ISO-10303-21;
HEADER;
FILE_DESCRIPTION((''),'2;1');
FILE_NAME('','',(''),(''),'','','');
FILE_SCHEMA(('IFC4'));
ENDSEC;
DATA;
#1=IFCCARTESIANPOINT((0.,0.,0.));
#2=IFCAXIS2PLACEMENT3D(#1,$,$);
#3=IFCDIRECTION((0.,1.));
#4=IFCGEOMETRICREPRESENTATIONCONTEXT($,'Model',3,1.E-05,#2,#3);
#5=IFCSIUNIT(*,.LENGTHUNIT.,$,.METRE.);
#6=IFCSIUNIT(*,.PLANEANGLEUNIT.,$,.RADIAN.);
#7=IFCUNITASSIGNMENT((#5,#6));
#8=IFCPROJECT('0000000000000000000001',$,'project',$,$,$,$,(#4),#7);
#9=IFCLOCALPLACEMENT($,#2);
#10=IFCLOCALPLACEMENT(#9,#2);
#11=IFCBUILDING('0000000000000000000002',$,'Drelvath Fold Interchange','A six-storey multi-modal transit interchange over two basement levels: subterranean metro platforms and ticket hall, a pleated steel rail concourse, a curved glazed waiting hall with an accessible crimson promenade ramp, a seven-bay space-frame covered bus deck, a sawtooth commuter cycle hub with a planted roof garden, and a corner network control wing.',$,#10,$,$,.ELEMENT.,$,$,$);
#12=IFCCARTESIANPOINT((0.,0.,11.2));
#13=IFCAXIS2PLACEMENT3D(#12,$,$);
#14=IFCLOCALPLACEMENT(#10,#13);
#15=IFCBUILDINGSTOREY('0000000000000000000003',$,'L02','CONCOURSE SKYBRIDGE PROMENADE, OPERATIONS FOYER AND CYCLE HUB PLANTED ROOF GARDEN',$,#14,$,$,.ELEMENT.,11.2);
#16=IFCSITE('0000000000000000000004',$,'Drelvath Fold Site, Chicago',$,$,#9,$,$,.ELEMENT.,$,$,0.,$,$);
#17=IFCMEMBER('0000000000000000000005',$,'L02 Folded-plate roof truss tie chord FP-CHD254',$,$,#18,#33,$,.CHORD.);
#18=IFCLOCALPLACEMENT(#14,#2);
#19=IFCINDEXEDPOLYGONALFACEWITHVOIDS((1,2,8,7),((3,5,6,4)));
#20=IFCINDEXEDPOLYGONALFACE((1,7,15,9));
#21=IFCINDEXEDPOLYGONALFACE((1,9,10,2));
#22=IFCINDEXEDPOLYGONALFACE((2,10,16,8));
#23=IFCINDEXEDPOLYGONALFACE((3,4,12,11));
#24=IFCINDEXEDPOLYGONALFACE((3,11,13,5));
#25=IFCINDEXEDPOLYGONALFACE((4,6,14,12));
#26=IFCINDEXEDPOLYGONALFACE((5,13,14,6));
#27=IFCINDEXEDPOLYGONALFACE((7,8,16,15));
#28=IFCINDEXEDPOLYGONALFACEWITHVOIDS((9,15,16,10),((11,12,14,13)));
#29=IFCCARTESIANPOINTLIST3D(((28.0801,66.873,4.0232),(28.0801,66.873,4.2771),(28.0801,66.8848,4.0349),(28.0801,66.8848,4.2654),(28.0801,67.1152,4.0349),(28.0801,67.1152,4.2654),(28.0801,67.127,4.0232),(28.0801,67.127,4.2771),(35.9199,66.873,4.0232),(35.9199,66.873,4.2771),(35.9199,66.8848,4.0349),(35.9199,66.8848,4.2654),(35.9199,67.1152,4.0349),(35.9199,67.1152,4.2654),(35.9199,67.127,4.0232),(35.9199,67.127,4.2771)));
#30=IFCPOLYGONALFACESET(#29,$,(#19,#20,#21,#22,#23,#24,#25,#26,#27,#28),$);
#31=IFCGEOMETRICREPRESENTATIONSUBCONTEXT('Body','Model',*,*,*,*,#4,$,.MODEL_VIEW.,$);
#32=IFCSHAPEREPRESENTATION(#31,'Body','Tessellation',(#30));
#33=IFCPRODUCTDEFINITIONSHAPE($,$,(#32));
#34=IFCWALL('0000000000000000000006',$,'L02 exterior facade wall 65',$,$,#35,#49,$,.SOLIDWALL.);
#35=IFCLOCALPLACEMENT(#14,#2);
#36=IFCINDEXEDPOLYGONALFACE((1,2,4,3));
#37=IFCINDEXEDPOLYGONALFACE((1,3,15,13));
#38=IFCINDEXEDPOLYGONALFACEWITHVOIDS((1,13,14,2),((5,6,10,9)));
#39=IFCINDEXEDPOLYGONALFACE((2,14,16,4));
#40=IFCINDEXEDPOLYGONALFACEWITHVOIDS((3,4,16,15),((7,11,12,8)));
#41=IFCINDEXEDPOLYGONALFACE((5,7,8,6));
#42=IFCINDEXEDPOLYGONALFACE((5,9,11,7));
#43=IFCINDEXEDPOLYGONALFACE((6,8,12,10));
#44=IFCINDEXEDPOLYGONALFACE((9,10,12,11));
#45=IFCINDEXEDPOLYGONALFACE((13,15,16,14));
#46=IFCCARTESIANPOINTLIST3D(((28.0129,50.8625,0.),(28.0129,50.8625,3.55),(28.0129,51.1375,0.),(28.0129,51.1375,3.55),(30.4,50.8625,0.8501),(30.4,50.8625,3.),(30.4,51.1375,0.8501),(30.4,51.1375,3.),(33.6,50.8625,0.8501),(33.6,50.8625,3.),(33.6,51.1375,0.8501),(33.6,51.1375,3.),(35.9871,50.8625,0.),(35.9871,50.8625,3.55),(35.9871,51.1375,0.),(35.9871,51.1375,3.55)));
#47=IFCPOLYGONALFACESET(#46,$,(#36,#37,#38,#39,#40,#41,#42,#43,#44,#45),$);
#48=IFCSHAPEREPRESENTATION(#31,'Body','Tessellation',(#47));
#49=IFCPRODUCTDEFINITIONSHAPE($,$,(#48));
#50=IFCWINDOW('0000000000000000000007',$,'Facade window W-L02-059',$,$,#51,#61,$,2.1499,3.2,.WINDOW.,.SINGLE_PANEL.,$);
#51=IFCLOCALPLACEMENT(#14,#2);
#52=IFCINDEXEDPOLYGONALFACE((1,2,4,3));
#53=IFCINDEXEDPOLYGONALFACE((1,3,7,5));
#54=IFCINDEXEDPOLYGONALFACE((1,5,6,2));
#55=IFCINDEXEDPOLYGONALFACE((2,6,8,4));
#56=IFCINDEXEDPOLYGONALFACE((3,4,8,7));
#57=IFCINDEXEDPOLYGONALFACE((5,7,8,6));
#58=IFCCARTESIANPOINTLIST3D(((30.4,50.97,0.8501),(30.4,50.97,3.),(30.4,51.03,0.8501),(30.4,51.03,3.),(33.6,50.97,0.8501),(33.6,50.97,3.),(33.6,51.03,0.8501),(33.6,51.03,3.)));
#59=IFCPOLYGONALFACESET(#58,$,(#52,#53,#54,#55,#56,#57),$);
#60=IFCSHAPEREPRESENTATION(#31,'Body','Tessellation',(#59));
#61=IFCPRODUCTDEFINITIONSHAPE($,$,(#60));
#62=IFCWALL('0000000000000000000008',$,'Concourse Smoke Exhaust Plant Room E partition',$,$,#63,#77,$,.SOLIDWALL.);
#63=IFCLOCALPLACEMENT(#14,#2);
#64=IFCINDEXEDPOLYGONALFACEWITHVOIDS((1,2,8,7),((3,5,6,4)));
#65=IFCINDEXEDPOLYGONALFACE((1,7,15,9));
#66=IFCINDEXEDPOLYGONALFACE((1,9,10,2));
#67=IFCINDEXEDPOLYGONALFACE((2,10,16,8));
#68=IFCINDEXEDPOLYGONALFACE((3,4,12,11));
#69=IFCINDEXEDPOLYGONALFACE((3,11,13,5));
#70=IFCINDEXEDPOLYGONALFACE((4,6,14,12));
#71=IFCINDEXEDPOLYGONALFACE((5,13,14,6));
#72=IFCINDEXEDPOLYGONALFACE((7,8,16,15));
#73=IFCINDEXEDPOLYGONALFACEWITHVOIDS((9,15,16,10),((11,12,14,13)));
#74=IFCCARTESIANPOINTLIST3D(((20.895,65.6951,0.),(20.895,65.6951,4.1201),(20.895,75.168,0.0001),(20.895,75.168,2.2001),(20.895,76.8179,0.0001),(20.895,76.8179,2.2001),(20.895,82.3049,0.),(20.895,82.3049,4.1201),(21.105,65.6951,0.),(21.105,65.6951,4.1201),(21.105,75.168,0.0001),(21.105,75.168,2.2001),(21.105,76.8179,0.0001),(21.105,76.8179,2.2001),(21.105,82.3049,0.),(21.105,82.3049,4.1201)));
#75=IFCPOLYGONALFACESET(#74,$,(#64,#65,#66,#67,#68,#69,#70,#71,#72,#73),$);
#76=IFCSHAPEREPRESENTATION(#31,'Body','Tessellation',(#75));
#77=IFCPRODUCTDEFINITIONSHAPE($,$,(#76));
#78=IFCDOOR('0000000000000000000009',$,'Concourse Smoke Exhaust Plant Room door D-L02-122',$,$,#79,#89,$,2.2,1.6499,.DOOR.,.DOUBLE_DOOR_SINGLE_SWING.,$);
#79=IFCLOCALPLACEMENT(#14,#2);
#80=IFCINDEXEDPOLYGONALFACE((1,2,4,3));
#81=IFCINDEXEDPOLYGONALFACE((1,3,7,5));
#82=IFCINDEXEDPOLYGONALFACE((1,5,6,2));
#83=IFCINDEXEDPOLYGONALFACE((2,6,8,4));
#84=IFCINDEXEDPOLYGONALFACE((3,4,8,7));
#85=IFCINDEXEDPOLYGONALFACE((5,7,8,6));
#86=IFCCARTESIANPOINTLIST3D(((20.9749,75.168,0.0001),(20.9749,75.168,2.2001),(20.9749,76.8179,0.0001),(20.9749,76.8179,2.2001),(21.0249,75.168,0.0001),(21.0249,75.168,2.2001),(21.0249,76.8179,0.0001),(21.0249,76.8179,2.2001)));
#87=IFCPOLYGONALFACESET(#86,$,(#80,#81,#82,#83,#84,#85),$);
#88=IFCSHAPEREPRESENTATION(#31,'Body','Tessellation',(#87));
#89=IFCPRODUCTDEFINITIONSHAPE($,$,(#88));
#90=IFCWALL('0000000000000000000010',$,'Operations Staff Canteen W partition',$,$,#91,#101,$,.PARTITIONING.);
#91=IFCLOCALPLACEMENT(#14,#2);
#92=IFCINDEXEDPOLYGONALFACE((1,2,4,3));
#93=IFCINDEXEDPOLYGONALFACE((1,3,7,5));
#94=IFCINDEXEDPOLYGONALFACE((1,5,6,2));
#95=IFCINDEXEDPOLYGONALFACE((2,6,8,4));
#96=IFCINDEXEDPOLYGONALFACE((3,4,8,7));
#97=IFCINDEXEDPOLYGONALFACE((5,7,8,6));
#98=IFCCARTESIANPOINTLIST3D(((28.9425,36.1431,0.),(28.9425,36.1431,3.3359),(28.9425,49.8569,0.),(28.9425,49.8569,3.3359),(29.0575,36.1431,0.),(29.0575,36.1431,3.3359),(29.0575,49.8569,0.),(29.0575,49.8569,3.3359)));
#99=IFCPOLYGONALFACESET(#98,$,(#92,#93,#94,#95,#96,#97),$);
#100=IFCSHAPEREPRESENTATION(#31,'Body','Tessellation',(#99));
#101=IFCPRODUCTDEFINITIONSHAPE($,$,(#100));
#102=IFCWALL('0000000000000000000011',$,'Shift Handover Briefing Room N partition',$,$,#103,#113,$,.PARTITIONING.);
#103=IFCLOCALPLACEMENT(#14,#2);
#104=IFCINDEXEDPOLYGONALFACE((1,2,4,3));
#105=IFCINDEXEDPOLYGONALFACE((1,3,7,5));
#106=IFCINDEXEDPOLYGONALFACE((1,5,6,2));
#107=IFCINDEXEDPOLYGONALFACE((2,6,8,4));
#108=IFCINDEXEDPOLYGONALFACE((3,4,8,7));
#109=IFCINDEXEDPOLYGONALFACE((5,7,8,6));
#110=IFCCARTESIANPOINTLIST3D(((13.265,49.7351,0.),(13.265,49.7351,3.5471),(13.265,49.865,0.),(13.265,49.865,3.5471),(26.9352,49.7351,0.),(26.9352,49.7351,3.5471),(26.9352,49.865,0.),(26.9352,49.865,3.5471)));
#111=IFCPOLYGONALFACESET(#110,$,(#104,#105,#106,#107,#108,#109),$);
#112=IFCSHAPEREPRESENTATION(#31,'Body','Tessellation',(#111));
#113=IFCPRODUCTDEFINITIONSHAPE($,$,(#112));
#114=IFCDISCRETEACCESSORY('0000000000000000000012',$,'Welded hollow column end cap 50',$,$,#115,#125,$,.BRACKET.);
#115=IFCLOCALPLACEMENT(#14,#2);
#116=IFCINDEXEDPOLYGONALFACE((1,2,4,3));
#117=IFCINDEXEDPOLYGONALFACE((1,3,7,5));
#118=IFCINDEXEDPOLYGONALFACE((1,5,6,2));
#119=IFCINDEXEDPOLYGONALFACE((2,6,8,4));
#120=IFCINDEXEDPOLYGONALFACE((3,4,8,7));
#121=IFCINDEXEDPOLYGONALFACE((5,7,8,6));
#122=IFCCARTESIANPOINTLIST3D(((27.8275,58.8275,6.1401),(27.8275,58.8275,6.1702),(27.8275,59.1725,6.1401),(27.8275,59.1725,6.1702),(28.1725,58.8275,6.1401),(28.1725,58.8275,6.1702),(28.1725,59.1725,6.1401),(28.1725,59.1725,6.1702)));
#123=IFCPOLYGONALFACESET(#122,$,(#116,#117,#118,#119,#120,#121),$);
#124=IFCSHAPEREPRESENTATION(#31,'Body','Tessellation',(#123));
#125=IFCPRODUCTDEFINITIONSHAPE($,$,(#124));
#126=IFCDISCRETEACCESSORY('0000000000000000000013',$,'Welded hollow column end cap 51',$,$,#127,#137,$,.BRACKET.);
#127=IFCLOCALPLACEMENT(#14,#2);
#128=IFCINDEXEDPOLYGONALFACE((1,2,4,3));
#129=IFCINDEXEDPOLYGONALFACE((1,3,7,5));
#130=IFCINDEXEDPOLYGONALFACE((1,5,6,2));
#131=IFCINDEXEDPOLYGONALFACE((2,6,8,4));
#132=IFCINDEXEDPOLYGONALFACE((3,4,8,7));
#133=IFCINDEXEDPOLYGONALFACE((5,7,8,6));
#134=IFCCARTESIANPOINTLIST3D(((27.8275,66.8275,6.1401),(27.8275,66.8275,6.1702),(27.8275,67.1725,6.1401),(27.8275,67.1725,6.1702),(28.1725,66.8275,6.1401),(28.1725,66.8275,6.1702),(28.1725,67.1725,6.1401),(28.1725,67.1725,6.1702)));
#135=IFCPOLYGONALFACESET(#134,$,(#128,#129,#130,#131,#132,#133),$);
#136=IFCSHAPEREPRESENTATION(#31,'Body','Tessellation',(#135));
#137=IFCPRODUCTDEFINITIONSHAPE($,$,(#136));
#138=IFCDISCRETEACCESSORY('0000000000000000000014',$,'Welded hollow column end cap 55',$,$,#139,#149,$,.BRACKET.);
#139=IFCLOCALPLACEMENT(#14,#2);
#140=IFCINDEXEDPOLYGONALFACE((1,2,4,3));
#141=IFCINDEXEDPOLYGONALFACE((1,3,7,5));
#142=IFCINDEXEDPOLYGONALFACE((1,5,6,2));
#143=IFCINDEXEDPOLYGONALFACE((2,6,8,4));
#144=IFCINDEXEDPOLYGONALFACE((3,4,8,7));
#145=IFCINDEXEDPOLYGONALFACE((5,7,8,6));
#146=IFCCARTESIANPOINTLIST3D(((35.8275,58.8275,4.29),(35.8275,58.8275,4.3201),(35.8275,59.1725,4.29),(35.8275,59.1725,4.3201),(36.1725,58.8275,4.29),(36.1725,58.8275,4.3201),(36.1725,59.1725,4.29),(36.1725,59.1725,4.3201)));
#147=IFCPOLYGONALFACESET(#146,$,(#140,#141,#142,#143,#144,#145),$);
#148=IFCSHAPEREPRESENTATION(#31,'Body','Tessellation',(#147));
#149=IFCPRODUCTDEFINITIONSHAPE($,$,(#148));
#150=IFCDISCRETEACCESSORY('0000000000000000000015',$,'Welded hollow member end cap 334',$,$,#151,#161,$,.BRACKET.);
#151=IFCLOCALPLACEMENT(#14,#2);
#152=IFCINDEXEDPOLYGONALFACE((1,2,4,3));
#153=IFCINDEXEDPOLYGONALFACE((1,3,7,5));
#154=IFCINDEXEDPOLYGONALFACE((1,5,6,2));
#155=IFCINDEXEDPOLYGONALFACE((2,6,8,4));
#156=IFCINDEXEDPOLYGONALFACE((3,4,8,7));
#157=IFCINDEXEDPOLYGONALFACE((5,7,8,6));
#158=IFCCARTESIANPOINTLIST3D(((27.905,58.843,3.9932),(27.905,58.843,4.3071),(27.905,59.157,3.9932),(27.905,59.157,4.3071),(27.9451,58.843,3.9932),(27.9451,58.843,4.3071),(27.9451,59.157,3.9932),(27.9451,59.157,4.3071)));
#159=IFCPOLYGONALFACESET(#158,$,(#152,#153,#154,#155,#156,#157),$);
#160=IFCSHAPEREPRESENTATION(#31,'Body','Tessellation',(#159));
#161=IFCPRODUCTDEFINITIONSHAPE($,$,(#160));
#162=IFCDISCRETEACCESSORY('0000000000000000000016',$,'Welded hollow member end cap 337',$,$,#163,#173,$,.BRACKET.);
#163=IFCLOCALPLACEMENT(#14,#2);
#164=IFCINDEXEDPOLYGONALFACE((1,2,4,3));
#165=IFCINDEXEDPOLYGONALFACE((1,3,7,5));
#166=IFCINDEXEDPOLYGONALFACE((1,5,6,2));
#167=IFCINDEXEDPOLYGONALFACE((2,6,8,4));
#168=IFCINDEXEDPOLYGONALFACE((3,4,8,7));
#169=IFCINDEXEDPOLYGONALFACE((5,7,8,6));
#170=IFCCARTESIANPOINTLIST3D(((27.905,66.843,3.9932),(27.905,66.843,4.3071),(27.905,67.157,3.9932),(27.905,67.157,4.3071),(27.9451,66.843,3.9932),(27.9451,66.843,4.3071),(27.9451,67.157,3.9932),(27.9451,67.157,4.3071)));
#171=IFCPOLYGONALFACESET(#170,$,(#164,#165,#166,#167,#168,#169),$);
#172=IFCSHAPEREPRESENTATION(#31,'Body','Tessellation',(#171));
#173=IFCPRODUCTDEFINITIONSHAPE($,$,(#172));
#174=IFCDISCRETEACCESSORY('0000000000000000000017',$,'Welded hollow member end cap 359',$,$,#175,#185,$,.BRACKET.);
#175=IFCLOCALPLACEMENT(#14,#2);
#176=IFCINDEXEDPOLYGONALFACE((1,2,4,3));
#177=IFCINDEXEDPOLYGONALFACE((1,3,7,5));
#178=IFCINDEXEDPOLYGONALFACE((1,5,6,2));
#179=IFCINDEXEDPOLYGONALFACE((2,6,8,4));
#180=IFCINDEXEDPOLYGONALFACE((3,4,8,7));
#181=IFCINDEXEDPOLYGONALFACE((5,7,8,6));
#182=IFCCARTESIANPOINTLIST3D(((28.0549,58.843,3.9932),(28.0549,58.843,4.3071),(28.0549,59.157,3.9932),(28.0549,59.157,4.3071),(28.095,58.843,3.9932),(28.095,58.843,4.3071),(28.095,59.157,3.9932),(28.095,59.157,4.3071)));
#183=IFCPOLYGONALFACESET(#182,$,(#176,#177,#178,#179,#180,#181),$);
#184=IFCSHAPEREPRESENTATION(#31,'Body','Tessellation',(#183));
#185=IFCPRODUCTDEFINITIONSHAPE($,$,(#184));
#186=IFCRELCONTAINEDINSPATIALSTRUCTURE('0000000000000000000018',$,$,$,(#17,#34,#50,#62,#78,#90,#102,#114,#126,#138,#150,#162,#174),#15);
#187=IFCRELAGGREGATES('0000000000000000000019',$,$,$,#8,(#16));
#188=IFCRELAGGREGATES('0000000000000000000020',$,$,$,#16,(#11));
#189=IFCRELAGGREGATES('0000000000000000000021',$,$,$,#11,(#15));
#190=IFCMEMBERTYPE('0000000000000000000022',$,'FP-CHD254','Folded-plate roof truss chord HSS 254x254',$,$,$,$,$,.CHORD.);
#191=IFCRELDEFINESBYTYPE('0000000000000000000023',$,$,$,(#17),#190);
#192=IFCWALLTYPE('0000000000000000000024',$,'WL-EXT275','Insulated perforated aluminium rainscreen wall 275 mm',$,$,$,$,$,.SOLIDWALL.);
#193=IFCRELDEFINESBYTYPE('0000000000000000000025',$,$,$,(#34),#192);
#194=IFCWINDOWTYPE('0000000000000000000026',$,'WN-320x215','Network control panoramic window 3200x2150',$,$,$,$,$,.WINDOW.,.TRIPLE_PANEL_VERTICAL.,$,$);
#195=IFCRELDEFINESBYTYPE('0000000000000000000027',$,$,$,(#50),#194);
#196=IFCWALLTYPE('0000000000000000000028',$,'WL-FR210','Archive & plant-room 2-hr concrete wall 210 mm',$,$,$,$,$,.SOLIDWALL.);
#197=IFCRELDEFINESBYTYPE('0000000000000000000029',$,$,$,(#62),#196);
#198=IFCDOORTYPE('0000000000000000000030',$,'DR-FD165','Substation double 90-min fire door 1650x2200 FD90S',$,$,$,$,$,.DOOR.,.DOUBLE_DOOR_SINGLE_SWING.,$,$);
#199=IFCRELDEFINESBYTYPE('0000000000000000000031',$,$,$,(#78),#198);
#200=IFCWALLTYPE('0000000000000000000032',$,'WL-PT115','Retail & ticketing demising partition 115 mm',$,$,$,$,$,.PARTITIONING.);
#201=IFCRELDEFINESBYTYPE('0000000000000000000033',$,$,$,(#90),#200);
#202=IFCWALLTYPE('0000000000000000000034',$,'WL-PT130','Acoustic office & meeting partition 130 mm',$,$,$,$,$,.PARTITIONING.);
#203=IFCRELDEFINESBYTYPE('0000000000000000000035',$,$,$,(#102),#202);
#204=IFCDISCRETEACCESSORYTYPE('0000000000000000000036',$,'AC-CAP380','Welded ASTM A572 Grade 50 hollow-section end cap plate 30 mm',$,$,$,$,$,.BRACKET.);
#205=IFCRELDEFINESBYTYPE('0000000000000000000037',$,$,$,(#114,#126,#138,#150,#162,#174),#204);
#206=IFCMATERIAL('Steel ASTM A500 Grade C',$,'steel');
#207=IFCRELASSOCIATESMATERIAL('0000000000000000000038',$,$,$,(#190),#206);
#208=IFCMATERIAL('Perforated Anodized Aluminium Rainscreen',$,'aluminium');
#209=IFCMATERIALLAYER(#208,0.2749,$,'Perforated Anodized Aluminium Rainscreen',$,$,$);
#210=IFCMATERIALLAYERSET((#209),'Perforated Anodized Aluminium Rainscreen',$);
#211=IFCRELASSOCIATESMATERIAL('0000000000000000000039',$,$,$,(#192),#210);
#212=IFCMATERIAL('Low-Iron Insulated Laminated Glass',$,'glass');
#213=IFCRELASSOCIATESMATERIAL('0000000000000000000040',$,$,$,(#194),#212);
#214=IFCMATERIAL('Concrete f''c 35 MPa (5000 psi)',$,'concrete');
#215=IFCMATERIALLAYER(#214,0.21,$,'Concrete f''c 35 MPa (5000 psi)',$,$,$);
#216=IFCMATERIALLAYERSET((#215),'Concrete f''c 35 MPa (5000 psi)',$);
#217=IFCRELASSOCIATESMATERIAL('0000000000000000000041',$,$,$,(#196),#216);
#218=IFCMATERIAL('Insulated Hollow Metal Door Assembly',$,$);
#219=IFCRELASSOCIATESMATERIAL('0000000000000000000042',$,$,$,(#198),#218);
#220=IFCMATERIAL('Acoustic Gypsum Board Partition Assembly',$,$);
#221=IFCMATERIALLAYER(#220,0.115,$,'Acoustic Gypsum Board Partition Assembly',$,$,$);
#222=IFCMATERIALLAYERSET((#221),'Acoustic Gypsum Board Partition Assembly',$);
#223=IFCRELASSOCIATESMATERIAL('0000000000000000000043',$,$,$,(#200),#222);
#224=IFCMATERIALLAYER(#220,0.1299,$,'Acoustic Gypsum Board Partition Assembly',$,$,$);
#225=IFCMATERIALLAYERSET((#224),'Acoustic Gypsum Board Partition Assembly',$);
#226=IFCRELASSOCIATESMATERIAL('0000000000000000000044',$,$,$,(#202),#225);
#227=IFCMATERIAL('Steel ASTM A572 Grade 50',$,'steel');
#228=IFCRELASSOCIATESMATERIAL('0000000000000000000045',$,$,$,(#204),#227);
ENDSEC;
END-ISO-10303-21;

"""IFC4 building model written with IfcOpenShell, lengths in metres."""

from ifc_helpers import new_model, si_unit, direction, frame, frame_2d, origin, origin_2d, place, context, subcontext, project, spatial, rectangle, hollow_rectangle, extrude, material, layer, layer_set, material_profile, profile_set, type_object, element, fill, save


model = new_model("IFC4")

# Units and contexts
model_context = context("Model", 3, precision=1e-05, world=origin(), true_north=direction((0.0, 1.0)))
body_context = subcontext(model_context, "Body", "Model", "MODEL_VIEW")
ifc_project = project(units=[si_unit("LENGTHUNIT", "METRE"), si_unit("PLANEANGLEUNIT", "RADIAN")], contexts=[model_context])

# Site, building, storey
site_placement = place(None, origin())
site = spatial("IfcSite", under=ifc_project, at=site_placement, Name="Drelvath Fold Site, Chicago", CompositionType="ELEMENT", RefElevation=0.0)
building_placement = place(site_placement, origin())
building = spatial("IfcBuilding", under=site, at=building_placement, Name="Drelvath Fold Interchange", Description="A six-storey multi-modal transit interchange over two basement levels: subterranean metro platforms and ticket hall, a pleated steel rail concourse, a curved glazed waiting hall with an accessible crimson promenade ramp, a seven-bay space-frame covered bus deck, a sawtooth commuter cycle hub with a planted roof garden, and a corner network control wing.", CompositionType="ELEMENT")
storey_placement = place(building_placement, frame((0.0, 0.0, 11.2)))
storey = spatial("IfcBuildingStorey", under=building, at=storey_placement, Name="L02", Description="CONCOURSE SKYBRIDGE PROMENADE, OPERATIONS FOYER AND CYCLE HUB PLANTED ROOF GARDEN", CompositionType="ELEMENT", Elevation=11.2)

# Shared definitions
ifc_material_1 = material(Name="Steel ASTM A500 Grade C", Category="steel")

# Member
ifc_material_profile_1 = material_profile(ifc_material_1, hollow_rectangle(XDim=0.2539, YDim=0.2539, WallThickness=0.0117, at=origin_2d()), Name="HSS10X10X1/2")
ifc_profile_set_1 = profile_set([ifc_material_profile_1], Name="Steel ASTM A500 Grade C")
member_type = type_object("IfcMemberType", Name="FP-CHD254", Description="Folded-plate roof truss chord HSS 254x254", PredefinedType="CHORD", material=ifc_profile_set_1)
for number, where, z_axis, x_axis, name in (
    (1, (28.0801, 67.0, 4.1501), (1.0, 0.0, 0.0), (0.0, 1.0, 0.0), "L02 Folded-plate roof truss tie chord FP-CHD254"),
):
    element("IfcMember", number, at=place(storey_placement, frame(where, z_axis=z_axis, x_axis=x_axis)), inside=storey, type_object=member_type, Name=name, PredefinedType="CHORD", context=body_context, shape_type="SweptSolid", body=[
        extrude(hollow_rectangle(XDim=0.2539, YDim=0.2539, WallThickness=0.0117, at=origin_2d()), origin(), (0.0, 0.0, 1.0), 7.8398),
    ])

# Wall, opening, window
ifc_material_2 = material(Name="Perforated Anodized Aluminium Rainscreen", Category="aluminium")
ifc_layer_1 = layer(ifc_material_2, 0.2749, Name="Perforated Anodized Aluminium Rainscreen")
ifc_layer_set_1 = layer_set([ifc_layer_1], Name="Perforated Anodized Aluminium Rainscreen")
wall_type_1 = type_object("IfcWallType", Name="WL-EXT275", Description="Insulated perforated aluminium rainscreen wall 275 mm", PredefinedType="SOLIDWALL", material=ifc_layer_set_1)
wall_1_placement = place(storey_placement, frame((28.0129, 51.0, 0.0), z_axis=(0.0, 0.0, 1.0), x_axis=(1.0, 0.0, 0.0)))
wall_1 = element("IfcWall", 2, at=wall_1_placement, inside=storey, type_object=wall_type_1, Name="L02 exterior facade wall 65", PredefinedType="SOLIDWALL", context=body_context, shape_type="SweptSolid", body=[
    extrude(rectangle(XDim=7.9741, YDim=0.2749, at=frame_2d((3.9871, 0.0))), origin(), (0.0, 0.0, 1.0), 3.55),
])
opening_1_placement = place(wall_1_placement, frame((2.387, 0.0, 0.8501)))
opening_1 = element("IfcOpeningElement", 3, at=opening_1_placement, cuts=wall_1, PredefinedType="OPENING", context=body_context, shape_type="SweptSolid", body=[
    extrude(rectangle(XDim=3.2, YDim=2.1499, at=frame_2d((1.6001, 1.075))), frame((0.0, 0.1475, 0.0), z_axis=(0.0, -1.0, 0.0), x_axis=(1.0, 0.0, 0.0)), (0.0, 0.0, 1.0), 0.2949),
])
ifc_material_3 = material(Name="Low-Iron Insulated Laminated Glass", Category="glass")
window_type = type_object("IfcWindowType", Name="WN-320x215", Description="Network control panoramic window 3200x2150", PartitioningType="TRIPLE_PANEL_VERTICAL", PredefinedType="WINDOW", material=ifc_material_3)
window_placement = place(opening_1_placement, origin())
window = element("IfcWindow", 4, at=window_placement, inside=storey, type_object=window_type, Name="Facade window W-L02-059", OverallHeight=2.1499, OverallWidth=3.2, PartitioningType="SINGLE_PANEL", PredefinedType="WINDOW", context=body_context, shape_type="SweptSolid", body=[
    extrude(rectangle(XDim=3.2, YDim=2.1499, at=frame_2d((1.6001, 1.075))), frame((0.0, 0.03, 0.0), z_axis=(0.0, -1.0, 0.0), x_axis=(1.0, 0.0, 0.0)), (0.0, 0.0, 1.0), 0.0601),
])
fill(opening_1, window)

# Wall, opening, door
ifc_material_4 = material(Name="Concrete f'c 35 MPa (5000 psi)", Category="concrete")
ifc_layer_2 = layer(ifc_material_4, 0.21, Name="Concrete f'c 35 MPa (5000 psi)")
ifc_layer_set_2 = layer_set([ifc_layer_2], Name="Concrete f'c 35 MPa (5000 psi)")
wall_type_2 = type_object("IfcWallType", Name="WL-FR210", Description="Archive & plant-room 2-hr concrete wall 210 mm", PredefinedType="SOLIDWALL", material=ifc_layer_set_2)
wall_2_placement = place(storey_placement, frame((21.0, 65.6951, 0.0), z_axis=(0.0, 0.0, 1.0), x_axis=(0.0, 1.0, 0.0)))
wall_2 = element("IfcWall", 5, at=wall_2_placement, inside=storey, type_object=wall_type_2, Name="Concourse Smoke Exhaust Plant Room E partition", PredefinedType="SOLIDWALL", context=body_context, shape_type="SweptSolid", body=[
    extrude(rectangle(XDim=16.6099, YDim=0.21, at=frame_2d((8.3049, 0.0))), origin(), (0.0, 0.0, 1.0), 4.1201),
])
opening_2_placement = place(wall_2_placement, frame((9.4729, 0.0, 0.0)))
opening_2 = element("IfcOpeningElement", 6, at=opening_2_placement, cuts=wall_2, PredefinedType="OPENING", context=body_context, shape_type="SweptSolid", body=[
    extrude(rectangle(XDim=1.6499, YDim=2.2, at=frame_2d((0.825, 1.1001))), frame((0.0, 0.115, 0.0), z_axis=(0.0, -1.0, 0.0), x_axis=(1.0, 0.0, 0.0)), (0.0, 0.0, 1.0), 0.23),
])
ifc_material_5 = material(Name="Insulated Hollow Metal Door Assembly")
door_type = type_object("IfcDoorType", Name="DR-FD165", Description="Substation double 90-min fire door 1650x2200 FD90S", OperationType="DOUBLE_DOOR_SINGLE_SWING", PredefinedType="DOOR", material=ifc_material_5)
door_placement = place(opening_2_placement, frame((1.6499, 0.0, 0.0), z_axis=(0.0, 0.0, 1.0), x_axis=(-1.0, 0.0, 0.0)))
door = element("IfcDoor", 7, at=door_placement, inside=storey, type_object=door_type, Name="Concourse Smoke Exhaust Plant Room door D-L02-122", OperationType="DOUBLE_DOOR_SINGLE_SWING", OverallHeight=2.2, OverallWidth=1.6499, PredefinedType="DOOR", context=body_context, shape_type="SweptSolid", body=[
    extrude(rectangle(XDim=1.6499, YDim=2.2, at=frame_2d((0.825, 1.1001))), frame((0.0, 0.0249, 0.0), z_axis=(0.0, -1.0, 0.0), x_axis=(1.0, 0.0, 0.0)), (0.0, 0.0, 1.0), 0.05),
])
fill(opening_2, door)

# Walls
ifc_material_6 = material(Name="Acoustic Gypsum Board Partition Assembly")
ifc_layer_3 = layer(ifc_material_6, 0.115, Name="Acoustic Gypsum Board Partition Assembly")
ifc_layer_set_3 = layer_set([ifc_layer_3], Name="Acoustic Gypsum Board Partition Assembly")
wall_type_3 = type_object("IfcWallType", Name="WL-PT115", Description="Retail & ticketing demising partition 115 mm", PredefinedType="PARTITIONING", material=ifc_layer_set_3)
wall_3_placement = place(storey_placement, frame((29.0, 49.8569, 0.0), z_axis=(0.0, 0.0, 1.0), x_axis=(0.0, -1.0, 0.0)))
element("IfcWall", 8, at=wall_3_placement, inside=storey, type_object=wall_type_3, Name="Operations Staff Canteen W partition", PredefinedType="PARTITIONING", context=body_context, shape_type="SweptSolid", body=[
    extrude(rectangle(XDim=13.7139, YDim=0.115, at=frame_2d((6.8569, 0.0))), origin(), (0.0, 0.0, 1.0), 3.3359),
])
ifc_layer_4 = layer(ifc_material_6, 0.1299, Name="Acoustic Gypsum Board Partition Assembly")
ifc_layer_set_4 = layer_set([ifc_layer_4], Name="Acoustic Gypsum Board Partition Assembly")
wall_type_4 = type_object("IfcWallType", Name="WL-PT130", Description="Acoustic office & meeting partition 130 mm", PredefinedType="PARTITIONING", material=ifc_layer_set_4)
wall_4_placement = place(storey_placement, frame((26.9351, 49.8, 0.0), z_axis=(0.0, 0.0, 1.0), x_axis=(-1.0, 0.0, 0.0)))
element("IfcWall", 9, at=wall_4_placement, inside=storey, type_object=wall_type_4, Name="Shift Handover Briefing Room N partition", PredefinedType="PARTITIONING", context=body_context, shape_type="SweptSolid", body=[
    extrude(rectangle(XDim=13.6702, YDim=0.1299, at=frame_2d((6.835, 0.0))), origin(), (0.0, 0.0, 1.0), 3.5471),
])

# Discrete accessories
ifc_material_7 = material(Name="Steel ASTM A572 Grade 50", Category="steel")
discrete_accessory_type = type_object("IfcDiscreteAccessoryType", Name="AC-CAP380", Description="Welded ASTM A572 Grade 50 hollow-section end cap plate 30 mm", PredefinedType="BRACKET", material=ifc_material_7)
for number, where, z_axis, x_axis, name in (
    (10, (28.0, 59.0, 6.1401), (0.0, 0.0, 1.0), (1.0, 0.0, 0.0), "Welded hollow column end cap 50"),
    (11, (28.0, 67.0, 6.1401), (0.0, 0.0, 1.0), (1.0, 0.0, 0.0), "Welded hollow column end cap 51"),
    (12, (36.0, 59.0, 4.29), (0.0, 0.0, 1.0), (1.0, 0.0, 0.0), "Welded hollow column end cap 55"),
):
    element("IfcDiscreteAccessory", number, at=place(storey_placement, frame(where, z_axis=z_axis, x_axis=x_axis)), inside=storey, type_object=discrete_accessory_type, Name=name, PredefinedType="BRACKET", context=body_context, shape_type="SweptSolid", body=[
        extrude(rectangle(XDim=0.345, YDim=0.345, at=origin_2d()), origin(), (0.0, 0.0, 1.0), 0.03),
    ])
for number, where, z_axis, x_axis, name in (
    (13, (27.925, 59.0, 3.9932), (0.0, 0.0, 1.0), (1.0, 0.0, 0.0), "Welded hollow member end cap 334"),
    (14, (27.925, 67.0, 3.9932), (0.0, 0.0, 1.0), (1.0, 0.0, 0.0), "Welded hollow member end cap 337"),
    (15, (28.075, 59.0, 3.9932), (0.0, 0.0, 1.0), (1.0, 0.0, 0.0), "Welded hollow member end cap 359"),
):
    element("IfcDiscreteAccessory", number, at=place(storey_placement, frame(where, z_axis=z_axis, x_axis=x_axis)), inside=storey, type_object=discrete_accessory_type, Name=name, PredefinedType="BRACKET", context=body_context, shape_type="SweptSolid", body=[
        extrude(rectangle(XDim=0.04, YDim=0.314, at=origin_2d()), origin(), (0.0, 0.0, 1.0), 0.314),
    ])

save(model, "model.ifc")
